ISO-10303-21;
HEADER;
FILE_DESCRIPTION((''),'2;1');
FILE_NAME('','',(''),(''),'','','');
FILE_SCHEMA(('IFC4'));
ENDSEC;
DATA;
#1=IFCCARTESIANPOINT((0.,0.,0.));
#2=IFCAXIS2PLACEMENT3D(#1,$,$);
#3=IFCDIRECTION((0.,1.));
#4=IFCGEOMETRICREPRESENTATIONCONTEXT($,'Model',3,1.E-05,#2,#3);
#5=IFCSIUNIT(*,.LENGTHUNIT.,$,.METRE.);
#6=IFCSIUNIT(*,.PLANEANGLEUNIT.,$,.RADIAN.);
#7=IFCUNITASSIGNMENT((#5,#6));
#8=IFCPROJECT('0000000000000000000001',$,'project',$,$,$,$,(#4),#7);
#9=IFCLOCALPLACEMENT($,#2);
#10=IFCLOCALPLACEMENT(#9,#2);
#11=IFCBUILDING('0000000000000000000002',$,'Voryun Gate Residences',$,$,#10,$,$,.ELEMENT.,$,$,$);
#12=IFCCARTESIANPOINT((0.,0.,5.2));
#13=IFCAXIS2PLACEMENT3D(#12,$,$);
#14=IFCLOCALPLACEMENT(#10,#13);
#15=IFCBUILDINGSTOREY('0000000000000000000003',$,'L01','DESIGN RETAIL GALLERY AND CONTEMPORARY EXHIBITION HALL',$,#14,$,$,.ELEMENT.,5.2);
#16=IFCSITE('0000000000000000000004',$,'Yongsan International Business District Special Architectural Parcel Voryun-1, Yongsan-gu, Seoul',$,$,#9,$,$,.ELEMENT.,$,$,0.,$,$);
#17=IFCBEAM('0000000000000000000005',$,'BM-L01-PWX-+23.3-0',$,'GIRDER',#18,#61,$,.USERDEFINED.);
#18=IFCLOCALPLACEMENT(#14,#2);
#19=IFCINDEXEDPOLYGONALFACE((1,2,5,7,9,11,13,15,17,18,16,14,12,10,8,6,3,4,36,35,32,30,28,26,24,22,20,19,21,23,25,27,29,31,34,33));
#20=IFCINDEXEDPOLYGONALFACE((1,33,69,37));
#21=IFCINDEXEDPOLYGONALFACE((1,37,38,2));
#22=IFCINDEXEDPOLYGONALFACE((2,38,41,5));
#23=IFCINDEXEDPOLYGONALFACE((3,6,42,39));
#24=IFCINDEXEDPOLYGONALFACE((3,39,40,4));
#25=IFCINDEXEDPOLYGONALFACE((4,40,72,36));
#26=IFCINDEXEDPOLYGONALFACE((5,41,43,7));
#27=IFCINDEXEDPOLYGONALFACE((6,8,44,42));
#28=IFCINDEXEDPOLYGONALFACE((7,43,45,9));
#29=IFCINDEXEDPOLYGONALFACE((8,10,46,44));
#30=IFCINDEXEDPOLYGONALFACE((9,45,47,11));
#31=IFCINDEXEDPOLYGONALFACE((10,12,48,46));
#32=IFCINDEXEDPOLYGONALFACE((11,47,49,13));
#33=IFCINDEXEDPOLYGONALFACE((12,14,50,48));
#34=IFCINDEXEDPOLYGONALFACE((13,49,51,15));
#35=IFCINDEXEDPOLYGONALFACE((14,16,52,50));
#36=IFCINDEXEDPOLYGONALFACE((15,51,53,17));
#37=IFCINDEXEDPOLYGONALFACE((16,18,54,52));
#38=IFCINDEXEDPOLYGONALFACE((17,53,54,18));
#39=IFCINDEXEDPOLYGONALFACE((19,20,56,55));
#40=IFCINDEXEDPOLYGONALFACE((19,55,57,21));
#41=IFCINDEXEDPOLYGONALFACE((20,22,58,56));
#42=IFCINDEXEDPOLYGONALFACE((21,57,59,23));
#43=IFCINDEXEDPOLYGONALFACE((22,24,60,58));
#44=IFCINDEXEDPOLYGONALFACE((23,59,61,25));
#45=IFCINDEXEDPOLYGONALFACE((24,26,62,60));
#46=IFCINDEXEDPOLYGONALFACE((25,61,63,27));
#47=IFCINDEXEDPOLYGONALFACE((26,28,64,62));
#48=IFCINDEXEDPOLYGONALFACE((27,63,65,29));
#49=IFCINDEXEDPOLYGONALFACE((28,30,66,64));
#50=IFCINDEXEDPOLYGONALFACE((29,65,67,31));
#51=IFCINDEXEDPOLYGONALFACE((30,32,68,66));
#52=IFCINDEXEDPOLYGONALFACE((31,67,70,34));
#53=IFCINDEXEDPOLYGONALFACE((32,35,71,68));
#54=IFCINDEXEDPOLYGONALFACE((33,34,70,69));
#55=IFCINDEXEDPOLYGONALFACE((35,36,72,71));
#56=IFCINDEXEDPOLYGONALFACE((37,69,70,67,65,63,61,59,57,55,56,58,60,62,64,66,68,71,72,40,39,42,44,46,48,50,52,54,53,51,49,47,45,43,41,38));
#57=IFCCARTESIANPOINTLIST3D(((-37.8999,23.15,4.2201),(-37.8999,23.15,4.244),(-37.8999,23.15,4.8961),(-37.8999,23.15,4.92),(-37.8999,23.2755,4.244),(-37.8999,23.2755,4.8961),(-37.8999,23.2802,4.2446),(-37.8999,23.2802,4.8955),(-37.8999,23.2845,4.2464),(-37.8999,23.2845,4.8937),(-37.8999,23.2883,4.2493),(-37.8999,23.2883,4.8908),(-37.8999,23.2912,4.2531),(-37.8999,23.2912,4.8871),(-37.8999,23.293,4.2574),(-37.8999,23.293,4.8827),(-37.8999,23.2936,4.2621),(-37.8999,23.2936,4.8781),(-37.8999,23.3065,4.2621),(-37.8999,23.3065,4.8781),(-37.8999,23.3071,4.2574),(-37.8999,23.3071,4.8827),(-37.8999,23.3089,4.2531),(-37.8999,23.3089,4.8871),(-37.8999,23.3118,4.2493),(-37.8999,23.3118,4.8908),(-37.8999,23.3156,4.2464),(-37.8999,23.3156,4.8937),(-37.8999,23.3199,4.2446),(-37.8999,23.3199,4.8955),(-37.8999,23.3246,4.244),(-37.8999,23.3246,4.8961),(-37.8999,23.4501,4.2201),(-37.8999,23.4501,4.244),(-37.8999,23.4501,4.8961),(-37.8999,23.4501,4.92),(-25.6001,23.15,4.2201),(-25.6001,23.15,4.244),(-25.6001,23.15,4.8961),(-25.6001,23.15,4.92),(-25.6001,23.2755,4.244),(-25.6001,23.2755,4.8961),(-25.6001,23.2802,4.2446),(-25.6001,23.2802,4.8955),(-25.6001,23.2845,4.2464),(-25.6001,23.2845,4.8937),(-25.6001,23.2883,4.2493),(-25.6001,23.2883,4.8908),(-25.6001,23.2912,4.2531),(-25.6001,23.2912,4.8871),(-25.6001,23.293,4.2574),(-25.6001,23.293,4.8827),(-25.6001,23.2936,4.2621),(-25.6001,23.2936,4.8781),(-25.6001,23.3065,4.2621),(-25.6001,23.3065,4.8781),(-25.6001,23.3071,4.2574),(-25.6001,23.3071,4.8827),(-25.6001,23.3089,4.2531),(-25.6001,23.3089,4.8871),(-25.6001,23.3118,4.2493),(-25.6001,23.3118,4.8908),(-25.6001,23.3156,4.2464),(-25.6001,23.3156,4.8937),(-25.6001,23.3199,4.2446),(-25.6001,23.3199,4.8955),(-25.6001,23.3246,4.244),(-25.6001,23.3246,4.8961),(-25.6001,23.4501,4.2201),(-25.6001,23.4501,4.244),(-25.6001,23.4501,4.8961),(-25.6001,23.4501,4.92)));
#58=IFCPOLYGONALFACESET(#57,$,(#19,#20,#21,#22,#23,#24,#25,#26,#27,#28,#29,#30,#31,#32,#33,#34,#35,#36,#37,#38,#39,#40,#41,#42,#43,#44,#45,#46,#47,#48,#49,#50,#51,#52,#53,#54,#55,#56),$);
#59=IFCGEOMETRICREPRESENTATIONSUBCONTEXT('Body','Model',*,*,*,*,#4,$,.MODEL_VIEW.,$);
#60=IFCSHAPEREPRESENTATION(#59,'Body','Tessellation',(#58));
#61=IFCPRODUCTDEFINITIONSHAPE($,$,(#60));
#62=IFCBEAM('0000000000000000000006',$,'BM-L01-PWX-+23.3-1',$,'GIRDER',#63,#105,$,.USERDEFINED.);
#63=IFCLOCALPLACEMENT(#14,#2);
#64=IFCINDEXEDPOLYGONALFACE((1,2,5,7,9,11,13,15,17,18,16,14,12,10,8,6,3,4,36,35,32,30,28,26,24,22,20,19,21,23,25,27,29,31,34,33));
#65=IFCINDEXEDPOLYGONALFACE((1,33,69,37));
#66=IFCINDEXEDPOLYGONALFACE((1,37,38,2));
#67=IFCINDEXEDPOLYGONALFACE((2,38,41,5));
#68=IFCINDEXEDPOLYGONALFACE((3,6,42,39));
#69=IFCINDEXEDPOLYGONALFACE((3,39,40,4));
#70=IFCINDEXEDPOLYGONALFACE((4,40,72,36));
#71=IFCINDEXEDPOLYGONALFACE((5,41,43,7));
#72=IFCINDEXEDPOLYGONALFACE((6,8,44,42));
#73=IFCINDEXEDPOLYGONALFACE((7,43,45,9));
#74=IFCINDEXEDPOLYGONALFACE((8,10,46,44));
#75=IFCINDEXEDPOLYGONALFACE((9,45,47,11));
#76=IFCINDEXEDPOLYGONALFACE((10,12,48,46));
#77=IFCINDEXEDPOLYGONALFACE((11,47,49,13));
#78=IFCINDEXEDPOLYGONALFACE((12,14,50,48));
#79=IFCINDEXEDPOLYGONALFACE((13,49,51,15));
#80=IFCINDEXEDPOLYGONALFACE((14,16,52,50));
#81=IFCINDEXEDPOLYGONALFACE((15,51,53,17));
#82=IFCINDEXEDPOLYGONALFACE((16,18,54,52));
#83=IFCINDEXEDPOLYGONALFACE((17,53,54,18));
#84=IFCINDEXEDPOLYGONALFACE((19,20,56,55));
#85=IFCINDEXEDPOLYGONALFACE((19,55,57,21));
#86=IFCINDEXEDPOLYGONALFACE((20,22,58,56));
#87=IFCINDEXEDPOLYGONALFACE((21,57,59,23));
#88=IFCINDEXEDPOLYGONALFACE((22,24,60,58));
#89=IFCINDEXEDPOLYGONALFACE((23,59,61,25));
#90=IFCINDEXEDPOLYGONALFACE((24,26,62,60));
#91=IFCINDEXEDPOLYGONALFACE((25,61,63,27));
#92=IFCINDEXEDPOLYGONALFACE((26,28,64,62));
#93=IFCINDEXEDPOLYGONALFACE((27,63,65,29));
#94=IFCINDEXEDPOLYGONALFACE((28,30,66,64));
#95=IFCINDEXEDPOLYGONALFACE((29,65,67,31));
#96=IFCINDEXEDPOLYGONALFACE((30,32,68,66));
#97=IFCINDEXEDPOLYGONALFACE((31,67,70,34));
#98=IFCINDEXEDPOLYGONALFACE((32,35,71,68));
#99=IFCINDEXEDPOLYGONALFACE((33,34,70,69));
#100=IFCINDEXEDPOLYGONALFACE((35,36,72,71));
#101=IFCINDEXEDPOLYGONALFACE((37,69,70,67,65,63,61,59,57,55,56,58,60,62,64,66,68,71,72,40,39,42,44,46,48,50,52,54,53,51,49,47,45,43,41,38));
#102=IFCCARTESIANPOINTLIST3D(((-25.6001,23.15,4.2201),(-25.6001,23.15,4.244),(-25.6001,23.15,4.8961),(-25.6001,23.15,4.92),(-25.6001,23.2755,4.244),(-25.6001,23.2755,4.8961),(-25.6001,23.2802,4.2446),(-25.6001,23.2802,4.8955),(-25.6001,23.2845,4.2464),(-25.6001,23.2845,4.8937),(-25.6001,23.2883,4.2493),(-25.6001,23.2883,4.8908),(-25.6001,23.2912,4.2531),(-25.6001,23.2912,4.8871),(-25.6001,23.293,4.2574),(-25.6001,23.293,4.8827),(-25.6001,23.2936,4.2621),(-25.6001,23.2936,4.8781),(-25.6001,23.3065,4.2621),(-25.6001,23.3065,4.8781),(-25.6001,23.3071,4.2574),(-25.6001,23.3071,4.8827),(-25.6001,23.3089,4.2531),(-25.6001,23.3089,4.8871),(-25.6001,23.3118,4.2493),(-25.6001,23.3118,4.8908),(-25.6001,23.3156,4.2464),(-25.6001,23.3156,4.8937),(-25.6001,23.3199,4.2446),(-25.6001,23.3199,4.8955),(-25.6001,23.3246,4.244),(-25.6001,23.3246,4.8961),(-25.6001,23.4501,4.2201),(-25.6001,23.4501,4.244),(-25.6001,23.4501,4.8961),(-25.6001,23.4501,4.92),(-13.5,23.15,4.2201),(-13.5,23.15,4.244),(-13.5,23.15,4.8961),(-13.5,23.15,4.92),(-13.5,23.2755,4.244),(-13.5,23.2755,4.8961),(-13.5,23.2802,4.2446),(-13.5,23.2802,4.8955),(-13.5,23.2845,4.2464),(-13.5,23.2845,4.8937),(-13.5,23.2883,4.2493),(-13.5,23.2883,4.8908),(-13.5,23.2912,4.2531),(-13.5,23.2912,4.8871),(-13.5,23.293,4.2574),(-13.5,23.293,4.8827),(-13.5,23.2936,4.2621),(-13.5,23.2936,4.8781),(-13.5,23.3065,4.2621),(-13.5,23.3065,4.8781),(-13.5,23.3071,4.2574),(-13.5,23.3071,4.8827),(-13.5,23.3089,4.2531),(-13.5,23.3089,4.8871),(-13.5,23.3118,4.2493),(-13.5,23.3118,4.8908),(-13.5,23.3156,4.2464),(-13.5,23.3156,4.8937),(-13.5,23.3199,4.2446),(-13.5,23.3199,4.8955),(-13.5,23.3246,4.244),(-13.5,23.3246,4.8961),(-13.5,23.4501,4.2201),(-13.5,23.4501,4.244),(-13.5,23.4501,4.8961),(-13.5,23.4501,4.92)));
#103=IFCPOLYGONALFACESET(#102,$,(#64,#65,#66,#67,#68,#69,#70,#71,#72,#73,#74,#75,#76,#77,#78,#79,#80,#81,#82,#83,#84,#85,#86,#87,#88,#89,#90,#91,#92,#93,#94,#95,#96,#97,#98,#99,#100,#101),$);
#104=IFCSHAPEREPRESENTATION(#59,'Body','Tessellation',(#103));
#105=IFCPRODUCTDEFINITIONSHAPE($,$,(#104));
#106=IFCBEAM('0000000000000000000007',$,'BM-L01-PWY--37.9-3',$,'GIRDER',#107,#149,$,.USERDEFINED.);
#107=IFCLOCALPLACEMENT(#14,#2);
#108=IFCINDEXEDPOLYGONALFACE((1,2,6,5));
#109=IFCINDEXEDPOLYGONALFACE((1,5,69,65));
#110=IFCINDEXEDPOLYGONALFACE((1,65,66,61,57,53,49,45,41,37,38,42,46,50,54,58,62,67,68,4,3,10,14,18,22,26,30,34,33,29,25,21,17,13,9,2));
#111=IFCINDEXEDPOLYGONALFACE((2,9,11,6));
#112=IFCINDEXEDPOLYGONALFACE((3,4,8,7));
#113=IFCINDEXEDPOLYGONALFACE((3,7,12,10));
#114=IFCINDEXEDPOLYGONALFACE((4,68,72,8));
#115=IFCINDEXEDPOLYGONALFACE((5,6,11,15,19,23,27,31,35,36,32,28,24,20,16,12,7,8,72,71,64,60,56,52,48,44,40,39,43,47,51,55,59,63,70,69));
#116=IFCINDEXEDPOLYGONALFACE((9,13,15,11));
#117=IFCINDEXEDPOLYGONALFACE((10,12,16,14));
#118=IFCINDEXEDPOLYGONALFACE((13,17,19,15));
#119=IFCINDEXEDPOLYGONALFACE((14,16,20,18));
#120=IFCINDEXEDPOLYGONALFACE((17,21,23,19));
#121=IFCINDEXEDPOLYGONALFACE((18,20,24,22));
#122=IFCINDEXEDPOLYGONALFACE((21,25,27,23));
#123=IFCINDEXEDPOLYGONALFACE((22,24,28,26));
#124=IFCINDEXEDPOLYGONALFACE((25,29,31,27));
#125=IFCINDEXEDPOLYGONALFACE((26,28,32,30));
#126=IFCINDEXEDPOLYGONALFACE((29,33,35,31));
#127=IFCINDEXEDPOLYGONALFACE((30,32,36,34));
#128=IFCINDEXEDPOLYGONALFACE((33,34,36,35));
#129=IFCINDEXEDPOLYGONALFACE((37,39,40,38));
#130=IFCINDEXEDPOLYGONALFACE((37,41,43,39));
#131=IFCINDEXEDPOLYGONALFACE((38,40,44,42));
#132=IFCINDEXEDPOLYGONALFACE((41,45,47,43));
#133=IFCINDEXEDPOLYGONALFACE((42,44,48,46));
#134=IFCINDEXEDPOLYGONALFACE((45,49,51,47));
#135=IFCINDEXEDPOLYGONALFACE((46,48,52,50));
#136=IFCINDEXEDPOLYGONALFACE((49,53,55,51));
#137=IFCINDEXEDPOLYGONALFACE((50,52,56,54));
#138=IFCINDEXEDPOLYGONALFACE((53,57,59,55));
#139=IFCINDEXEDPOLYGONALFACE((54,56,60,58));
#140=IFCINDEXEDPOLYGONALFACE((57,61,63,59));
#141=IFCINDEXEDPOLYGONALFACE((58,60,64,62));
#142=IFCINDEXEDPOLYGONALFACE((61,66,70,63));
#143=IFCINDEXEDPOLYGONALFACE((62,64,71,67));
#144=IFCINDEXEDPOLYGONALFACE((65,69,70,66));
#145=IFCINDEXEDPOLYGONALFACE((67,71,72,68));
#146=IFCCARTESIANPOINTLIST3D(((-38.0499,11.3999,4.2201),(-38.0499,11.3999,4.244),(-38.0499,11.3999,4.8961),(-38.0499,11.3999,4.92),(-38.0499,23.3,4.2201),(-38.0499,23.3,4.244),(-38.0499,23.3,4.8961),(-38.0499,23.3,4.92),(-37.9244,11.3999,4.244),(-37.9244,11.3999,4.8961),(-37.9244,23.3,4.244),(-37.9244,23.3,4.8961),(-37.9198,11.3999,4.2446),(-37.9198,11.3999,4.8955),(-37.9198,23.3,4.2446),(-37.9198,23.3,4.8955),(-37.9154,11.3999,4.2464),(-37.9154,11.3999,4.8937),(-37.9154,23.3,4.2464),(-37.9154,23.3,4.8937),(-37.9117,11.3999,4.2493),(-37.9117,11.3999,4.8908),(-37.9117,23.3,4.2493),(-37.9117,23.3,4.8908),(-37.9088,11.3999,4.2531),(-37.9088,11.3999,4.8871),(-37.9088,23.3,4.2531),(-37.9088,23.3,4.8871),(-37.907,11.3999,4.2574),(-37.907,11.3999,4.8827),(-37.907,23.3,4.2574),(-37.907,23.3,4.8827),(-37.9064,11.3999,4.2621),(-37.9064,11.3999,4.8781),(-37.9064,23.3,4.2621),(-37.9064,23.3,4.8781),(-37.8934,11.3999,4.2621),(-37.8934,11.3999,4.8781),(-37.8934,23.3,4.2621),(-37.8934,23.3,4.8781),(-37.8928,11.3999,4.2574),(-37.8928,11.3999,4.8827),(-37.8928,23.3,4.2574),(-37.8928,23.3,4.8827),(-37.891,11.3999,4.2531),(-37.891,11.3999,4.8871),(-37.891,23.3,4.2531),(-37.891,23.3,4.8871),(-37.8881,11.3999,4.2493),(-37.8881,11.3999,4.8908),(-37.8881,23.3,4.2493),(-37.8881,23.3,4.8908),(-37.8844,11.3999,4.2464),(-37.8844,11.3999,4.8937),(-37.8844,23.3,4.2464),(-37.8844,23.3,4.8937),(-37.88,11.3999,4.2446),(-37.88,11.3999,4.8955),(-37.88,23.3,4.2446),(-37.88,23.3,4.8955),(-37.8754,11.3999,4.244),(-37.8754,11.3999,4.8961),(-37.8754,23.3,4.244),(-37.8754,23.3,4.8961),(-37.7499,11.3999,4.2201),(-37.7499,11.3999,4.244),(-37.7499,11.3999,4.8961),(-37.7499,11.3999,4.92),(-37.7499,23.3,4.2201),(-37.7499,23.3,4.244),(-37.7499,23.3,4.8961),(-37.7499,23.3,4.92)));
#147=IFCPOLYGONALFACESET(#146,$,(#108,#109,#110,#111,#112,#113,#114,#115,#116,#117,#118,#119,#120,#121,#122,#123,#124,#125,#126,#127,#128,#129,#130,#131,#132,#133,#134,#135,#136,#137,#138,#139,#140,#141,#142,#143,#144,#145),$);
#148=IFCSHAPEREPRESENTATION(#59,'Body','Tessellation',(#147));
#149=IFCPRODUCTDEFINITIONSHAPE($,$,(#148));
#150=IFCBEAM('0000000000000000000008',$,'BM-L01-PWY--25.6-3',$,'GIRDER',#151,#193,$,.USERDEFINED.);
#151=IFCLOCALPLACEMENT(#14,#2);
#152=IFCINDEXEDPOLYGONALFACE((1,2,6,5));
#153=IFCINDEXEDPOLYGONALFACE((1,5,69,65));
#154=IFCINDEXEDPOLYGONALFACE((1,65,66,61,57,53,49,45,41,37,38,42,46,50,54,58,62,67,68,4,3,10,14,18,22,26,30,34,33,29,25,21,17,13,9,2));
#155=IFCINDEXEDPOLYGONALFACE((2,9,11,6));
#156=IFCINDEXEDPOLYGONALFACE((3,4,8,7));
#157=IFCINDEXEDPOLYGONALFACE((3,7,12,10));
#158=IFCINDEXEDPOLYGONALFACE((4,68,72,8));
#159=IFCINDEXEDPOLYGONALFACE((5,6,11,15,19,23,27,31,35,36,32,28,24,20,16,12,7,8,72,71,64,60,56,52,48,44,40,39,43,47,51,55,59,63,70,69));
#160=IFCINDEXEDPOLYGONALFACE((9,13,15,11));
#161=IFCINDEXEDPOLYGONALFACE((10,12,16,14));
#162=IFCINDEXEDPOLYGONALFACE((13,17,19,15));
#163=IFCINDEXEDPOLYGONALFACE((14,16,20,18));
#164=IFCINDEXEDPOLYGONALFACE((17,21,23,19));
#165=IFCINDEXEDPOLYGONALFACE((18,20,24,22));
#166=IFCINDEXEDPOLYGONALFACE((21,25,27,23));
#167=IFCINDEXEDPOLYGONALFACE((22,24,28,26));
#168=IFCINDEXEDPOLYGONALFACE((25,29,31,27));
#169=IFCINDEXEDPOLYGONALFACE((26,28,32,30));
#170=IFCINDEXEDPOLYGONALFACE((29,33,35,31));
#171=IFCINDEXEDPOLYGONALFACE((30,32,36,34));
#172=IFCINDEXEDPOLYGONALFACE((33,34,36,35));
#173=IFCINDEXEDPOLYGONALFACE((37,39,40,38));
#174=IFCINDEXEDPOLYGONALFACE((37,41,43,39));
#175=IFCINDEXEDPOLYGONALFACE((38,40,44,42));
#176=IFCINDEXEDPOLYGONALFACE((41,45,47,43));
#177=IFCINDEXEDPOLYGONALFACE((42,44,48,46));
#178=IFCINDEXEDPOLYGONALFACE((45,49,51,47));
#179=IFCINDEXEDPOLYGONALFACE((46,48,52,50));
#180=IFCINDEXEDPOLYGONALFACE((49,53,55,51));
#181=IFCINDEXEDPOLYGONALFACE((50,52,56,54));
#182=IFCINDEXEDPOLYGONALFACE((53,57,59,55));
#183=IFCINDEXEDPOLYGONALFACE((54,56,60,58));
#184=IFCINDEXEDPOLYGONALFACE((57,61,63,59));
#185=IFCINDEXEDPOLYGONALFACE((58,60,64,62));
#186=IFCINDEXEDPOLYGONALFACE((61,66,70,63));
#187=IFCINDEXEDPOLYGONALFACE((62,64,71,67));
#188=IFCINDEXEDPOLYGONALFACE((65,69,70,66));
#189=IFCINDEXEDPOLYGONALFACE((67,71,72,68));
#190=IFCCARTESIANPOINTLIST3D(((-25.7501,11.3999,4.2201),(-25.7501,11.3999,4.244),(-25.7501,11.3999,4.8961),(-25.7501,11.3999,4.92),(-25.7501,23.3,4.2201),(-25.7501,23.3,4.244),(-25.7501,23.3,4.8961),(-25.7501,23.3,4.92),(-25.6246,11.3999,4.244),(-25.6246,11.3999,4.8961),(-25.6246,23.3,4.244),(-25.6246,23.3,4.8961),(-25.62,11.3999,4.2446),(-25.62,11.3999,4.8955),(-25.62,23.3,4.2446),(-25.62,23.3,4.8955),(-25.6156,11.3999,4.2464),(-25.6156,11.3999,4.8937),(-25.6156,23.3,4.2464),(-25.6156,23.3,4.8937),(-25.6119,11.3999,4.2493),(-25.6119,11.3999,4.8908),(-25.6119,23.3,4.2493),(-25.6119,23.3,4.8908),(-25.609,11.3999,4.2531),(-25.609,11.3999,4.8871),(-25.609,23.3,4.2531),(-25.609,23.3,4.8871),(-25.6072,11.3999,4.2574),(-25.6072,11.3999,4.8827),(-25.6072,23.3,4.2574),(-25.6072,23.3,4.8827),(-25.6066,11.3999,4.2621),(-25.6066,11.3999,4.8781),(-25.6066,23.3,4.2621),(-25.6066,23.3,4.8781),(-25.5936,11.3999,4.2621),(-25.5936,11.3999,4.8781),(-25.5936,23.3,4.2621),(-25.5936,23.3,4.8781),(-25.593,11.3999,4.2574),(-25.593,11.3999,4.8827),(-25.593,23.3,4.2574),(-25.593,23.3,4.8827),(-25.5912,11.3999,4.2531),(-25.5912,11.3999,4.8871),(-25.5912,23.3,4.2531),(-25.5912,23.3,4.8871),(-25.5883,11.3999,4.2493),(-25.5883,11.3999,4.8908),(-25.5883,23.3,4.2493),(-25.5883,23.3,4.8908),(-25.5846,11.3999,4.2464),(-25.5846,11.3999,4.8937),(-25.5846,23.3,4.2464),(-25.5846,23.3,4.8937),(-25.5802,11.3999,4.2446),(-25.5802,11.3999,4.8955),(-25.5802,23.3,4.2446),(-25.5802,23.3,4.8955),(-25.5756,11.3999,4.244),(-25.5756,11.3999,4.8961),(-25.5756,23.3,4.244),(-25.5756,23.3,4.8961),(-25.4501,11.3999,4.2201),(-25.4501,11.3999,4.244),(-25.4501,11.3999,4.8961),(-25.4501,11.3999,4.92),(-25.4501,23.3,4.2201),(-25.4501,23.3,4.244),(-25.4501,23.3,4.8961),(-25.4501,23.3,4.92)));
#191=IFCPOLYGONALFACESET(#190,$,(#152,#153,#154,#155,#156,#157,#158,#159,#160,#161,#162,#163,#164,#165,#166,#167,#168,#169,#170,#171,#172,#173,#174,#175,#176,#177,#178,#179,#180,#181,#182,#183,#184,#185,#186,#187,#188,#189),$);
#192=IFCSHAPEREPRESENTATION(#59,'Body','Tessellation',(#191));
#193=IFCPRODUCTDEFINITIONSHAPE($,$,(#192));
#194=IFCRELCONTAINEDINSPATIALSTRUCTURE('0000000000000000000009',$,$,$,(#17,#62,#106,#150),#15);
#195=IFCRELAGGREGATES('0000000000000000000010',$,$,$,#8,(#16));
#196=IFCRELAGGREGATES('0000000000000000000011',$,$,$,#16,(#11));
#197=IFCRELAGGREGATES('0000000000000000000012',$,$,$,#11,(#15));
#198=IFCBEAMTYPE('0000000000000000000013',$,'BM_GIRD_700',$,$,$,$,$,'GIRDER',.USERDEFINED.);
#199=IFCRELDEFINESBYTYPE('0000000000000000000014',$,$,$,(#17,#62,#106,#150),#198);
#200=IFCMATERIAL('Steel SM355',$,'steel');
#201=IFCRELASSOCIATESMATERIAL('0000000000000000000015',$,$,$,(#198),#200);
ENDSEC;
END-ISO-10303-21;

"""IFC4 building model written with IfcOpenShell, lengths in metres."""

from ifc_helpers import new_model, si_unit, direction, frame, origin, origin_2d, place, context, subcontext, project, spatial, i_section, extrude, material, material_profile, profile_set, type_object, element, save


model = new_model("IFC4")

# Units and contexts
model_context = context("Model", 3, precision=1e-05, world=origin(), true_north=direction((0.0, 1.0)))
body_context = subcontext(model_context, "Body", "Model", "MODEL_VIEW")
ifc_project = project(units=[si_unit("LENGTHUNIT", "METRE"), si_unit("PLANEANGLEUNIT", "RADIAN")], contexts=[model_context])

# Site, building, storey
site_placement = place(None, origin())
site = spatial("IfcSite", under=ifc_project, at=site_placement, Name="Yongsan International Business District Special Architectural Parcel Voryun-1, Yongsan-gu, Seoul", CompositionType="ELEMENT", RefElevation=0.0)
building_placement = place(site_placement, origin())
building = spatial("IfcBuilding", under=site, at=building_placement, Name="Voryun Gate Residences", CompositionType="ELEMENT")
storey_placement = place(building_placement, frame((0.0, 0.0, 5.2)))
storey = spatial("IfcBuildingStorey", under=building, at=storey_placement, Name="L01", Description="DESIGN RETAIL GALLERY AND CONTEMPORARY EXHIBITION HALL", CompositionType="ELEMENT", Elevation=5.2)

# Beams
ifc_material_1 = material(Name="Steel SM355", Category="steel")
ifc_material_profile_1 = material_profile(ifc_material_1, i_section(OverallWidth=0.3, OverallDepth=0.7, WebThickness=0.0129, FlangeThickness=0.0239, FilletRadius=0.0181, at=origin_2d()), Name="H-700x300x13x24")
ifc_profile_set_1 = profile_set([ifc_material_profile_1], Name="Steel SM355")
beam_type_1 = type_object("IfcBeamType", Name="BM_GIRD_700", ElementType="GIRDER", PredefinedType="USERDEFINED", material=ifc_profile_set_1)
beam_1_placement = place(storey_placement, frame((-37.8999, 23.3, 4.5701), z_axis=(1.0, 0.0, 0.0), x_axis=(0.0, 1.0, 0.0)))
element("IfcBeam", 1, at=beam_1_placement, inside=storey, type_object=beam_type_1, Name="BM-L01-PWX-+23.3-0", ObjectType="GIRDER", PredefinedType="USERDEFINED", context=body_context, shape_type="SweptSolid", body=[
    extrude(i_section(OverallWidth=0.3, OverallDepth=0.7, WebThickness=0.0129, FlangeThickness=0.0239, FilletRadius=0.0181, at=origin_2d()), origin(), (0.0, 0.0, 1.0), 12.2998),
])
beam_2_placement = place(storey_placement, frame((-25.6001, 23.3, 4.5701), z_axis=(1.0, 0.0, 0.0), x_axis=(0.0, 1.0, 0.0)))
element("IfcBeam", 2, at=beam_2_placement, inside=storey, type_object=beam_type_1, Name="BM-L01-PWX-+23.3-1", ObjectType="GIRDER", PredefinedType="USERDEFINED", context=body_context, shape_type="SweptSolid", body=[
    extrude(i_section(OverallWidth=0.3, OverallDepth=0.7, WebThickness=0.0129, FlangeThickness=0.0239, FilletRadius=0.0181, at=origin_2d()), origin(), (0.0, 0.0, 1.0), 12.1001),
])
for number, where, z_axis, x_axis, name in (
    (3, (-37.8999, 11.3999, 4.5701), (0.0, 1.0, 0.0), (-1.0, 0.0, 0.0), "BM-L01-PWY--37.9-3"),
    (4, (-25.6001, 11.3999, 4.5701), (0.0, 1.0, 0.0), (-1.0, 0.0, 0.0), "BM-L01-PWY--25.6-3"),
):
    element("IfcBeam", number, at=place(storey_placement, frame(where, z_axis=z_axis, x_axis=x_axis)), inside=storey, type_object=beam_type_1, Name=name, ObjectType="GIRDER", PredefinedType="USERDEFINED", context=body_context, shape_type="SweptSolid", body=[
        extrude(i_section(OverallWidth=0.3, OverallDepth=0.7, WebThickness=0.0129, FlangeThickness=0.0239, FilletRadius=0.0181, at=origin_2d()), origin(), (0.0, 0.0, 1.0), 11.9001),
    ])

save(model, "model.ifc")
